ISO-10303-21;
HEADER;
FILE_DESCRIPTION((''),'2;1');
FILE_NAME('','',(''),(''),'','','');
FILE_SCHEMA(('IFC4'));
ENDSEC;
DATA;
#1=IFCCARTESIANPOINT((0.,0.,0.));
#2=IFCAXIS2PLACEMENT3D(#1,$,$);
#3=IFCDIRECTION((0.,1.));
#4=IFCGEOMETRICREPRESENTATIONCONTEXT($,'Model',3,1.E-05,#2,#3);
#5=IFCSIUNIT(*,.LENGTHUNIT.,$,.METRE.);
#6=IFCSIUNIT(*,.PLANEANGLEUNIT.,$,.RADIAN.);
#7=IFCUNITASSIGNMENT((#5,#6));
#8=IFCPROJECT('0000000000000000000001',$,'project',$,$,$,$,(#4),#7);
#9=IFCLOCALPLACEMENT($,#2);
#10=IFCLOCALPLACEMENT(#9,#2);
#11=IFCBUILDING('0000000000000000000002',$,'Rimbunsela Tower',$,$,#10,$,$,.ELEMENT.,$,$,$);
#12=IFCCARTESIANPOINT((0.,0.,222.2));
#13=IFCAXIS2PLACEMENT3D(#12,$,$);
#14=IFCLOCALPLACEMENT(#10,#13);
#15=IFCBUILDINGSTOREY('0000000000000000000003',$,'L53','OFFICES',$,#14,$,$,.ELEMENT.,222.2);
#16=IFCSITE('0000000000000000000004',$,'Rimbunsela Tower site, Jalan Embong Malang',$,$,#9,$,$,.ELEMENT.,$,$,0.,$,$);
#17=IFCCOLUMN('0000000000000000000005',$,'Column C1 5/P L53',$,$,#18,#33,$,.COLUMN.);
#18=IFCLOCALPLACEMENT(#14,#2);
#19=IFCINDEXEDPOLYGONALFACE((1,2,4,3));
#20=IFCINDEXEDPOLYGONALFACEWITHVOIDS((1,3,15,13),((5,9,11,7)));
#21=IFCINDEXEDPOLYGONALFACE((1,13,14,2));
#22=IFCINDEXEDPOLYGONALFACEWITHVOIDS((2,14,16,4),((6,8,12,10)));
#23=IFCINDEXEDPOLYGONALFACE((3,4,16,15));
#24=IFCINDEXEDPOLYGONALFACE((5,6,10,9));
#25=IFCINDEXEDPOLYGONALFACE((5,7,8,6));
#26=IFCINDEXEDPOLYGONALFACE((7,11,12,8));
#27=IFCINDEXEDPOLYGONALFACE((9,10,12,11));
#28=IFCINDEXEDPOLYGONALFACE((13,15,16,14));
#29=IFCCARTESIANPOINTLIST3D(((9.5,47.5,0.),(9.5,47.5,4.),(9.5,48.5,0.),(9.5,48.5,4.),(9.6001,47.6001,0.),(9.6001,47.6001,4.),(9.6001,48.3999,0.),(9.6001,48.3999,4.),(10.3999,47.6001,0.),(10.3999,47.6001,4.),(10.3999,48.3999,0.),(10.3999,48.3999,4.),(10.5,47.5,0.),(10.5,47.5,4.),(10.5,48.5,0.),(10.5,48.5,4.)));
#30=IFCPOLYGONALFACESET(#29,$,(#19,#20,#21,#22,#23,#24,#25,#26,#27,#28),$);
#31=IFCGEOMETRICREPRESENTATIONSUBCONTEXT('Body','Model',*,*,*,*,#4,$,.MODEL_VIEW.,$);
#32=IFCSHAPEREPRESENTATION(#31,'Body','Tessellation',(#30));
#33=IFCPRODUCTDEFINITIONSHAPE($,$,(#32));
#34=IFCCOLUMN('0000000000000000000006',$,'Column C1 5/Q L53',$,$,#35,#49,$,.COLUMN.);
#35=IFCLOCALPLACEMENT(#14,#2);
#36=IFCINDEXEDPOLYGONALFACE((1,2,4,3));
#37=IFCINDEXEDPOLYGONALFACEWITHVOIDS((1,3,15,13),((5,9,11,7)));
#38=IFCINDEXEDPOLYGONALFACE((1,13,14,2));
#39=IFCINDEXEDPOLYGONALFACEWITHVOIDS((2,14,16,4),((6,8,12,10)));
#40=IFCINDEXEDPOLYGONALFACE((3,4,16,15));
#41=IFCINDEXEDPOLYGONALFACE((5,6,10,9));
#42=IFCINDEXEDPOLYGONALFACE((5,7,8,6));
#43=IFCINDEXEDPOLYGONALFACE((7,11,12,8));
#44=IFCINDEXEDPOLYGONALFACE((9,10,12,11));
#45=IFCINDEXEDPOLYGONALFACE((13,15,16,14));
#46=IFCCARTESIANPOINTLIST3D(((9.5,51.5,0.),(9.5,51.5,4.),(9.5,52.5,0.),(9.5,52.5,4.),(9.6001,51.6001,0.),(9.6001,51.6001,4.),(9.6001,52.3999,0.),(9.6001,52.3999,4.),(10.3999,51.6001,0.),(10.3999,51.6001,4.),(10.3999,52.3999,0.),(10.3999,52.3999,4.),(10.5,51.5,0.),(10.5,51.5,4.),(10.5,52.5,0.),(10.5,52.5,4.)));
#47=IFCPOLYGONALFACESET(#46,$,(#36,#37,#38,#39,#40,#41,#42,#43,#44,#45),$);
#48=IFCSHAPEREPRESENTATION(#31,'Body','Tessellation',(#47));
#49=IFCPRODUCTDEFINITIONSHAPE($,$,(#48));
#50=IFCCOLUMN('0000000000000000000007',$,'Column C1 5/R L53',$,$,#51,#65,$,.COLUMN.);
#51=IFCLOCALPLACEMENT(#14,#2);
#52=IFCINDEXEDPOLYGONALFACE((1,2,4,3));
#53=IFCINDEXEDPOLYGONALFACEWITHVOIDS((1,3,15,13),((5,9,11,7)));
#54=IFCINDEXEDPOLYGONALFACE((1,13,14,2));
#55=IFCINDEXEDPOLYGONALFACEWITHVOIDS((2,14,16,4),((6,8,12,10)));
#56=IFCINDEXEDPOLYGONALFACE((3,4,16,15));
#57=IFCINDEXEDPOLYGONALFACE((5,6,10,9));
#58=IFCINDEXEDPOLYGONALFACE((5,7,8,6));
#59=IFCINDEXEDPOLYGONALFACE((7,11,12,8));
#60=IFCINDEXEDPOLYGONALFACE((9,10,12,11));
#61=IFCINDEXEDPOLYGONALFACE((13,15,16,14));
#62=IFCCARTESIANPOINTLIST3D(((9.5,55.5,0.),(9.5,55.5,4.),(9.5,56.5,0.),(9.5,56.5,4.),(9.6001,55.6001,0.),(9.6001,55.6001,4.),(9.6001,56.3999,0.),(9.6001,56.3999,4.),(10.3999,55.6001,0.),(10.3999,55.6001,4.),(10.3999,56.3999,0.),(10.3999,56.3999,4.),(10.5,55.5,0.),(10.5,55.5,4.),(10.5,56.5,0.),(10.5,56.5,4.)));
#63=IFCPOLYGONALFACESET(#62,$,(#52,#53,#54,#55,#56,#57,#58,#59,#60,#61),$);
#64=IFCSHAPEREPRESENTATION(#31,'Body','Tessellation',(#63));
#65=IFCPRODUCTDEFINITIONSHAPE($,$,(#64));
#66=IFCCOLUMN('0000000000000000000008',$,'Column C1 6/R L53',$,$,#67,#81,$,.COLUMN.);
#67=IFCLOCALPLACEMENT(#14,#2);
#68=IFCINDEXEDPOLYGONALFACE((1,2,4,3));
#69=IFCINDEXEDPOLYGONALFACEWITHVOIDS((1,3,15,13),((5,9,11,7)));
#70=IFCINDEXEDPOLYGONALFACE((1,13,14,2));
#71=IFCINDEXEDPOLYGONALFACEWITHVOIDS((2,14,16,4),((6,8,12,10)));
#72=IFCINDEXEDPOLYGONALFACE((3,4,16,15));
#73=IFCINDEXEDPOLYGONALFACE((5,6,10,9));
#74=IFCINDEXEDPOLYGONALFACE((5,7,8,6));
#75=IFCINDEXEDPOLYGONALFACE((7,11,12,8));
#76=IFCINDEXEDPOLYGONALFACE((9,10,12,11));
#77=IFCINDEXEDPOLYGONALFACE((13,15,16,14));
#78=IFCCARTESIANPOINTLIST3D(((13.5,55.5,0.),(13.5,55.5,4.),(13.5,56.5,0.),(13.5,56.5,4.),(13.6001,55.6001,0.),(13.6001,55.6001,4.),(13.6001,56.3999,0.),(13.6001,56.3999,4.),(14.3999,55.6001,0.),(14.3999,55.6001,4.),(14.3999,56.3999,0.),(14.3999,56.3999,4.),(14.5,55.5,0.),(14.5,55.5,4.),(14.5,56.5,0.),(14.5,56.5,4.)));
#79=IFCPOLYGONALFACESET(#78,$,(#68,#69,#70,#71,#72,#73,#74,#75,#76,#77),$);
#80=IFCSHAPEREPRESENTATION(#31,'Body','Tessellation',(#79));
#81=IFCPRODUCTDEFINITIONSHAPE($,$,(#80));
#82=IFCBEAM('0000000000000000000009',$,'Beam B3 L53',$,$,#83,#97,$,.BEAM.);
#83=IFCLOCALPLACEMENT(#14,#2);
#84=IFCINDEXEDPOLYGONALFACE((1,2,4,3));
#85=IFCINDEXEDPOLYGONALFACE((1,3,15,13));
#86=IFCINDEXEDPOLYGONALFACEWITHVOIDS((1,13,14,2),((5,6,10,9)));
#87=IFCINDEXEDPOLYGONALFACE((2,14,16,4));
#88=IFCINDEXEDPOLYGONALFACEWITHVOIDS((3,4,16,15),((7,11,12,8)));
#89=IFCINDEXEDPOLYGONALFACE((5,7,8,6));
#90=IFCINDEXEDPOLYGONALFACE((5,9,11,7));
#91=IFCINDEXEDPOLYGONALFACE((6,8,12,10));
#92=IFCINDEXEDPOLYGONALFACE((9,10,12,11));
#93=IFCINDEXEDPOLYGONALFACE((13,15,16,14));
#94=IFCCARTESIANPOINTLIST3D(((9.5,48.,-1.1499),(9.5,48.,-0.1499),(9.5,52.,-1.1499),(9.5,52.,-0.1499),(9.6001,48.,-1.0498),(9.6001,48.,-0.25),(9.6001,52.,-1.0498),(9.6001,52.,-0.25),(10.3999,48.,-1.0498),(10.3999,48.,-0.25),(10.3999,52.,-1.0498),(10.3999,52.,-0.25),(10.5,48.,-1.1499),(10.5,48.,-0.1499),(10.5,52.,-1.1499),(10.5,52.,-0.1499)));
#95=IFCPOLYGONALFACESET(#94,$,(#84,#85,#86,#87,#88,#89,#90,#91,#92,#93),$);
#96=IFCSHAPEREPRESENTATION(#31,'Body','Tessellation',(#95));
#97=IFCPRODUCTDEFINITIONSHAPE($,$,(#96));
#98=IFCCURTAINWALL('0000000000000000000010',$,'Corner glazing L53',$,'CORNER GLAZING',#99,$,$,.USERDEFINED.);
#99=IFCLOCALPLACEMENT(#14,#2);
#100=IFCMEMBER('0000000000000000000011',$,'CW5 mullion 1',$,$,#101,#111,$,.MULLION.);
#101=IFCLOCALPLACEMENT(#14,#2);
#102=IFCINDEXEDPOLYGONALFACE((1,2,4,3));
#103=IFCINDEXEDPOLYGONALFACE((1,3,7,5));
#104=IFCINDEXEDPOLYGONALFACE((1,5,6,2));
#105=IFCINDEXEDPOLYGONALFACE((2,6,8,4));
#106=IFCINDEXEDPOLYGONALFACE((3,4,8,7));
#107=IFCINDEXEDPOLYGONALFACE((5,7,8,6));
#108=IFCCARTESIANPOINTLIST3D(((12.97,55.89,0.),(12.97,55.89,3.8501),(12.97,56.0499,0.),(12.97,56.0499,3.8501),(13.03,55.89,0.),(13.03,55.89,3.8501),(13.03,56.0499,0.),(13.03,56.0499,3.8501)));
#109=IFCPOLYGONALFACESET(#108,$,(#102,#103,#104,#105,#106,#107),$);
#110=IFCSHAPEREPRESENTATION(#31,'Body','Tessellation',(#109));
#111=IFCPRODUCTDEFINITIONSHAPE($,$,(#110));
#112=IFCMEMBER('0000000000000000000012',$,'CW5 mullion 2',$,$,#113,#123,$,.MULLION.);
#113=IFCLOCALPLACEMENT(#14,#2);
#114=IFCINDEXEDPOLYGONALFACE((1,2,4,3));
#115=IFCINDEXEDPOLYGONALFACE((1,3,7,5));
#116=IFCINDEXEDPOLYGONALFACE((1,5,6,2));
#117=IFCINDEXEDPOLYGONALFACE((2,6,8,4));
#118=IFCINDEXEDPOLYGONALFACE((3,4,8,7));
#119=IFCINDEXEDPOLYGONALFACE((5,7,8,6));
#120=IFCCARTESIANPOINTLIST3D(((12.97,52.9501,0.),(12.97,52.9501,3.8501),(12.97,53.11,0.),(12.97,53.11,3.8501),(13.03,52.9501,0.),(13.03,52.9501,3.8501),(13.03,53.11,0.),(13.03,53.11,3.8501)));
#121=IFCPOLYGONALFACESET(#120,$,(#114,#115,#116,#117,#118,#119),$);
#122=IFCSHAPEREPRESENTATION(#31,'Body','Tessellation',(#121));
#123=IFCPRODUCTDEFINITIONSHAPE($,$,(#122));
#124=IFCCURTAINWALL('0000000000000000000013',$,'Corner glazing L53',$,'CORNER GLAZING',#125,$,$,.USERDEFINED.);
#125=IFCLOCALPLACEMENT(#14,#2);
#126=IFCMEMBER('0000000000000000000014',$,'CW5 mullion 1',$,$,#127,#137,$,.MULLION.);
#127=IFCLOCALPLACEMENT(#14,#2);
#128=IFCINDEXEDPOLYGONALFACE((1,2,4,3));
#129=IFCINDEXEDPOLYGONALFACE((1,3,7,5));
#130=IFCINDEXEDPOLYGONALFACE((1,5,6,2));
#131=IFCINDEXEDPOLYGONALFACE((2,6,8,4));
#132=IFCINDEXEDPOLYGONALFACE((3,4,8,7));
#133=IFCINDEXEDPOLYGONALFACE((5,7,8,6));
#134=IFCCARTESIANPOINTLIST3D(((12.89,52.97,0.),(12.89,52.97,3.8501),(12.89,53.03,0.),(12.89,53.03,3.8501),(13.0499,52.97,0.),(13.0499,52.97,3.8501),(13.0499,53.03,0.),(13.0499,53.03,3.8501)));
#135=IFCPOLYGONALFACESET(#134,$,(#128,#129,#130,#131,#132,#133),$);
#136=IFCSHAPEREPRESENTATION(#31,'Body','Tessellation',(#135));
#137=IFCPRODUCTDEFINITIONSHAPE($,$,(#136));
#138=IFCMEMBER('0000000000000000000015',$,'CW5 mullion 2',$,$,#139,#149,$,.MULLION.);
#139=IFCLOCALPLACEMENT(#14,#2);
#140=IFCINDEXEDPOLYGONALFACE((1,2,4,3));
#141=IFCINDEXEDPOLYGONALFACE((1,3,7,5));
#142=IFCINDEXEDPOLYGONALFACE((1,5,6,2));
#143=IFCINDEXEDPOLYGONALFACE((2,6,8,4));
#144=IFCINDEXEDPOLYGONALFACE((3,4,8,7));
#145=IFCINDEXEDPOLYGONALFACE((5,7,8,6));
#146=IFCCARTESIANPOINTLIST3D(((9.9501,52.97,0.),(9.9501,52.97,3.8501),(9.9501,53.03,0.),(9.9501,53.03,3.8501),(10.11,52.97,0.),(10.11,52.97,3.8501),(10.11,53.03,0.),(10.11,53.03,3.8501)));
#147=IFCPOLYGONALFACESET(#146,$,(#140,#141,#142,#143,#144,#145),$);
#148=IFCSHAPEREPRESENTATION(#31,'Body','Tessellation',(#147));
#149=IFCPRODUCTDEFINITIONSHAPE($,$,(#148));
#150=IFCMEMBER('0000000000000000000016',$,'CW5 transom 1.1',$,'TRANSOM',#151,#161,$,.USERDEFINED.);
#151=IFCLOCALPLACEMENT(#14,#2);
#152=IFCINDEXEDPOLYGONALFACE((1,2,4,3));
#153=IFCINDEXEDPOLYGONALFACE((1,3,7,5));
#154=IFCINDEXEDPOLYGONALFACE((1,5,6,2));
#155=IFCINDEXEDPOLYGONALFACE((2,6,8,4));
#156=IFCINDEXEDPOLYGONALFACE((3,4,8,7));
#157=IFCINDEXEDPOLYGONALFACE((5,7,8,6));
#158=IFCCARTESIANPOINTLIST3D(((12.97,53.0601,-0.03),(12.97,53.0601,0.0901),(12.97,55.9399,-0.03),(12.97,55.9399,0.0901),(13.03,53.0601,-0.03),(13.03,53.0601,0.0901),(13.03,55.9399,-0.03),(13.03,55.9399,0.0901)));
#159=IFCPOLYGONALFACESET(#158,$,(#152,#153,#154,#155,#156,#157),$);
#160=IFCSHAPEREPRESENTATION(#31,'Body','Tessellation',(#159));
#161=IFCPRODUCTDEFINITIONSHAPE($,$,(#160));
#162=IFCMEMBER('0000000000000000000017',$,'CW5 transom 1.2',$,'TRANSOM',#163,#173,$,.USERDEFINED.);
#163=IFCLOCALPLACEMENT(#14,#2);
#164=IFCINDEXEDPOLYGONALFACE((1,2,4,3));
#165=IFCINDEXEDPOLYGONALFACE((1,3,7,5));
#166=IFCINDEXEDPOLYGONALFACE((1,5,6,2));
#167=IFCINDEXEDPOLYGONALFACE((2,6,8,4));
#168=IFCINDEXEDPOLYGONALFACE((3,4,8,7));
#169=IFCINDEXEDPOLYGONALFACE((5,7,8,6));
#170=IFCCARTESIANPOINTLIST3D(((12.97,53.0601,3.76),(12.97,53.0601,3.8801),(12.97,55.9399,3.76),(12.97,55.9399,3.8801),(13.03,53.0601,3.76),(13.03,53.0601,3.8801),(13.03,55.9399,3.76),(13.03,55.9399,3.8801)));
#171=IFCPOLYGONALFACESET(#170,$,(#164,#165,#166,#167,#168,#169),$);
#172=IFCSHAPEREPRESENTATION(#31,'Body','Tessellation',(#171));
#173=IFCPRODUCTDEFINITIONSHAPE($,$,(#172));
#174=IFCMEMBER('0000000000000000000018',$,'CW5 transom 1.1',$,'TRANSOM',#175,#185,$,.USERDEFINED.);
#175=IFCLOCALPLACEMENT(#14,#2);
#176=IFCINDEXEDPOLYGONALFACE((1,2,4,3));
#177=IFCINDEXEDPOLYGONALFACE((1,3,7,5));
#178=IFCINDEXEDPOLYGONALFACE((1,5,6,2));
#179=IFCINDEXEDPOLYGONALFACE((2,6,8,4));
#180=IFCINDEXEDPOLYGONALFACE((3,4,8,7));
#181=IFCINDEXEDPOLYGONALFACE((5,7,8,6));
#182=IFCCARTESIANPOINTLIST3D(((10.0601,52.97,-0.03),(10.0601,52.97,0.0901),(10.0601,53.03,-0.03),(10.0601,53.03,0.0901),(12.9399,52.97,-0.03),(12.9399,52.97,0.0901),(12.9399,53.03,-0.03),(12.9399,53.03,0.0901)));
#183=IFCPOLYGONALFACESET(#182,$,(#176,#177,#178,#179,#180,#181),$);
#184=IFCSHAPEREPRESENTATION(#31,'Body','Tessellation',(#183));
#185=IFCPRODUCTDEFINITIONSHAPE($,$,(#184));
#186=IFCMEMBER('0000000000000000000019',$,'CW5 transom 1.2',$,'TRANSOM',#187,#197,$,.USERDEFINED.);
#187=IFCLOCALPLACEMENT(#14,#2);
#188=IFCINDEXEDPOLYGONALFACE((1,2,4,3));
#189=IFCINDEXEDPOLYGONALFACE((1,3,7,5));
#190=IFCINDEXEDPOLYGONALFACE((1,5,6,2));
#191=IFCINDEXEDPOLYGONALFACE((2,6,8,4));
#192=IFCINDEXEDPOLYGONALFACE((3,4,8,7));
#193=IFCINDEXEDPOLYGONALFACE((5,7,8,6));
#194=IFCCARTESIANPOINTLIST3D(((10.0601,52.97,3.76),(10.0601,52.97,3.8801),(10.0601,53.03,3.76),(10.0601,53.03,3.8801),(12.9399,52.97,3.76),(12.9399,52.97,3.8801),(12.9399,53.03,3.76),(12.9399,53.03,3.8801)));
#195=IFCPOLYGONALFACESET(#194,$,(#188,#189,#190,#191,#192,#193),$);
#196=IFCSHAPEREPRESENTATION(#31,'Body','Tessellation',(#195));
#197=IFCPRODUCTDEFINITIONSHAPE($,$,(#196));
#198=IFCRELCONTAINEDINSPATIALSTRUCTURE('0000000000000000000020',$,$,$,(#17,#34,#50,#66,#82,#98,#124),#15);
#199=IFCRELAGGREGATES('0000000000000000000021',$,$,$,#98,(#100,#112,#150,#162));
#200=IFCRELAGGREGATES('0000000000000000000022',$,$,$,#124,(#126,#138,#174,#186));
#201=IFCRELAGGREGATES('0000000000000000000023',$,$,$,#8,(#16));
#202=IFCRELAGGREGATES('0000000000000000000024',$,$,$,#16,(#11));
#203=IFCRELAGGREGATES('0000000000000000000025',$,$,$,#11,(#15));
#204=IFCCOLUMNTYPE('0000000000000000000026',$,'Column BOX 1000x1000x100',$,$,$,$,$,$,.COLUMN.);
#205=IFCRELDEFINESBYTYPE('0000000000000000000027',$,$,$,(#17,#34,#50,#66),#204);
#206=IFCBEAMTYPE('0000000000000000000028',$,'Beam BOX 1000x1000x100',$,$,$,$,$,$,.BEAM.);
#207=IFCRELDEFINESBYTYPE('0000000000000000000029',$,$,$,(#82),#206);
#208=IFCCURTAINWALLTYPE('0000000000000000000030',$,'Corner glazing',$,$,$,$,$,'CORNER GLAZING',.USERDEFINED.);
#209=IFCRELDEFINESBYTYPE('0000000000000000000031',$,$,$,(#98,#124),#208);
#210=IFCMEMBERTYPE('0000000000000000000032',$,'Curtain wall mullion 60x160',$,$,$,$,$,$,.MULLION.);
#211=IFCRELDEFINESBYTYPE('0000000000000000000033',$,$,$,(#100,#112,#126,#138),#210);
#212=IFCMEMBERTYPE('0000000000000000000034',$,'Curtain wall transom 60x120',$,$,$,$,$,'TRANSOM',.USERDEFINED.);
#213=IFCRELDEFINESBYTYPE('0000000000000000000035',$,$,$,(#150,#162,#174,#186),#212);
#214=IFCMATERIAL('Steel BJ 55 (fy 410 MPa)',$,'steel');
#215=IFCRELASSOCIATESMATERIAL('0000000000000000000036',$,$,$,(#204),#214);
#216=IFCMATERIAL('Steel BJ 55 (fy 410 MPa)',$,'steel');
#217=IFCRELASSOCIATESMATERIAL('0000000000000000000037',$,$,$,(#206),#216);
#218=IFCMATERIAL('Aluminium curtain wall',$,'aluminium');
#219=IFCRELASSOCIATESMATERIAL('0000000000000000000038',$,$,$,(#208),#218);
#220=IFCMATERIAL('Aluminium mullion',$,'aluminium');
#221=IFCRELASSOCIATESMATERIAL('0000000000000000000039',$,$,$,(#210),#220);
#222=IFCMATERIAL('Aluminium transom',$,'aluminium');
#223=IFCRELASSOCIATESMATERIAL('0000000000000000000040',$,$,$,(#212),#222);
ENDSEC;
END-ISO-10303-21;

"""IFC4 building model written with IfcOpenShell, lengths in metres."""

from ifc_helpers import new_model, si_unit, direction, frame, origin, origin_2d, place, context, subcontext, project, spatial, rectangle, hollow_rectangle, extrude, material, material_profile, profile_set, type_object, element, aggregate, save


model = new_model("IFC4")

# Units and contexts
model_context = context("Model", 3, precision=1e-05, world=origin(), true_north=direction((0.0, 1.0)))
body_context = subcontext(model_context, "Body", "Model", "MODEL_VIEW")
ifc_project = project(units=[si_unit("LENGTHUNIT", "METRE"), si_unit("PLANEANGLEUNIT", "RADIAN")], contexts=[model_context])

# Site, building, storey
site_placement = place(None, origin())
site = spatial("IfcSite", under=ifc_project, at=site_placement, Name="Rimbunsela Tower site, Jalan Embong Malang", CompositionType="ELEMENT", RefElevation=0.0)
building_placement = place(site_placement, origin())
building = spatial("IfcBuilding", under=site, at=building_placement, Name="Rimbunsela Tower", CompositionType="ELEMENT")
storey_placement = place(building_placement, frame((0.0, 0.0, 222.2)))
storey = spatial("IfcBuildingStorey", under=building, at=storey_placement, Name="L53", Description="OFFICES", CompositionType="ELEMENT", Elevation=222.2)

# Columns
ifc_material_1 = material(Name="Steel BJ 55 (fy 410 MPa)", Category="steel")
ifc_material_profile_1 = material_profile(ifc_material_1, hollow_rectangle(XDim=1.0, YDim=1.0, WallThickness=0.1001, at=origin_2d()), Name="BOX 1000x1000x100")
ifc_profile_set_1 = profile_set([ifc_material_profile_1], Name="Steel BJ 55 (fy 410 MPa)")
column_type = type_object("IfcColumnType", Name="Column BOX 1000x1000x100", PredefinedType="COLUMN", material=ifc_profile_set_1)
for number, where, z_axis, x_axis, name in (
    (1, (10.0, 48.0, 0.0), (0.0, 0.0, 1.0), (1.0, 0.0, 0.0), "Column C1 5/P L53"),
    (2, (10.0, 52.0, 0.0), (0.0, 0.0, 1.0), (1.0, 0.0, 0.0), "Column C1 5/Q L53"),
    (3, (10.0, 56.0, 0.0), (0.0, 0.0, 1.0), (1.0, 0.0, 0.0), "Column C1 5/R L53"),
    (4, (14.0, 56.0, 0.0), (0.0, 0.0, 1.0), (1.0, 0.0, 0.0), "Column C1 6/R L53"),
):
    element("IfcColumn", number, at=place(storey_placement, frame(where, z_axis=z_axis, x_axis=x_axis)), inside=storey, type_object=column_type, Name=name, PredefinedType="COLUMN", context=body_context, shape_type="SweptSolid", body=[
        extrude(hollow_rectangle(XDim=1.0, YDim=1.0, WallThickness=0.1001, at=origin_2d()), origin(), (0.0, 0.0, 1.0), 4.0),
    ])

# Beam
ifc_material_2 = material(Name="Steel BJ 55 (fy 410 MPa)", Category="steel")
ifc_material_profile_2 = material_profile(ifc_material_2, hollow_rectangle(XDim=1.0, YDim=1.0, WallThickness=0.1001, at=origin_2d()), Name="BOX 1000x1000x100")
ifc_profile_set_2 = profile_set([ifc_material_profile_2], Name="Steel BJ 55 (fy 410 MPa)")
beam_type = type_object("IfcBeamType", Name="Beam BOX 1000x1000x100", PredefinedType="BEAM", material=ifc_profile_set_2)
beam_placement = place(storey_placement, frame((10.0, 48.0, -0.6499), z_axis=(0.0, 1.0, 0.0), x_axis=(-1.0, 0.0, 0.0)))
element("IfcBeam", 5, at=beam_placement, inside=storey, type_object=beam_type, Name="Beam B3 L53", PredefinedType="BEAM", context=body_context, shape_type="SweptSolid", body=[
    extrude(hollow_rectangle(XDim=1.0, YDim=1.0, WallThickness=0.1001, at=origin_2d()), origin(), (0.0, 0.0, 1.0), 4.0),
])

# Curtain walls, members
ifc_material_3 = material(Name="Aluminium curtain wall", Category="aluminium")
curtain_wall_type = type_object("IfcCurtainWallType", Name="Corner glazing", ElementType="CORNER GLAZING", PredefinedType="USERDEFINED", material=ifc_material_3)
curtain_wall_1_placement = place(storey_placement, origin())
curtain_wall_1 = element("IfcCurtainWall", 6, at=curtain_wall_1_placement, inside=storey, type_object=curtain_wall_type, Name="Corner glazing L53", ObjectType="CORNER GLAZING", PredefinedType="USERDEFINED")
ifc_material_4 = material(Name="Aluminium mullion", Category="aluminium")
ifc_material_profile_3 = material_profile(ifc_material_4, rectangle(XDim=0.0601, YDim=0.1599, at=origin_2d()), Name="Mullion 60x160")
ifc_profile_set_3 = profile_set([ifc_material_profile_3], Name="Aluminium mullion")
member_type_1 = type_object("IfcMemberType", Name="Curtain wall mullion 60x160", PredefinedType="MULLION", material=ifc_profile_set_3)
member_1_placement = place(storey_placement, frame((13.0, 55.97, 0.0), z_axis=(0.0, 0.0, 1.0), x_axis=(1.0, 0.0, 0.0)))
member_1 = element("IfcMember", 7, at=member_1_placement, type_object=member_type_1, Name="CW5 mullion 1", PredefinedType="MULLION", context=body_context, shape_type="SweptSolid", body=[
    extrude(rectangle(XDim=0.0601, YDim=0.1599, at=origin_2d()), origin(), (0.0, 0.0, 1.0), 3.8501),
])
member_2_placement = place(storey_placement, frame((13.0, 53.03, 0.0), z_axis=(0.0, 0.0, 1.0), x_axis=(1.0, 0.0, 0.0)))
member_2 = element("IfcMember", 8, at=member_2_placement, type_object=member_type_1, Name="CW5 mullion 2", PredefinedType="MULLION", context=body_context, shape_type="SweptSolid", body=[
    extrude(rectangle(XDim=0.0601, YDim=0.1599, at=origin_2d()), origin(), (0.0, 0.0, 1.0), 3.8501),
])
curtain_wall_2_placement = place(storey_placement, origin())
curtain_wall_2 = element("IfcCurtainWall", 9, at=curtain_wall_2_placement, inside=storey, type_object=curtain_wall_type, Name="Corner glazing L53", ObjectType="CORNER GLAZING", PredefinedType="USERDEFINED")
member_3_placement = place(storey_placement, frame((12.97, 53.0, 0.0), z_axis=(0.0, 0.0, 1.0), x_axis=(0.0, -1.0, 0.0)))
member_3 = element("IfcMember", 10, at=member_3_placement, type_object=member_type_1, Name="CW5 mullion 1", PredefinedType="MULLION", context=body_context, shape_type="SweptSolid", body=[
    extrude(rectangle(XDim=0.0601, YDim=0.1599, at=origin_2d()), origin(), (0.0, 0.0, 1.0), 3.8501),
])
member_4_placement = place(storey_placement, frame((10.03, 53.0, 0.0), z_axis=(0.0, 0.0, 1.0), x_axis=(0.0, -1.0, 0.0)))
member_4 = element("IfcMember", 11, at=member_4_placement, type_object=member_type_1, Name="CW5 mullion 2", PredefinedType="MULLION", context=body_context, shape_type="SweptSolid", body=[
    extrude(rectangle(XDim=0.0601, YDim=0.1599, at=origin_2d()), origin(), (0.0, 0.0, 1.0), 3.8501),
])

# Members
ifc_material_5 = material(Name="Aluminium transom", Category="aluminium")
ifc_material_profile_4 = material_profile(ifc_material_5, rectangle(XDim=0.0601, YDim=0.1201, at=origin_2d()), Name="Transom 60x120")
ifc_profile_set_4 = profile_set([ifc_material_profile_4], Name="Aluminium transom")
member_type_2 = type_object("IfcMemberType", Name="Curtain wall transom 60x120", ElementType="TRANSOM", PredefinedType="USERDEFINED", material=ifc_profile_set_4)
member_5_placement = place(storey_placement, frame((13.0, 55.9399, 0.03), z_axis=(0.0, -1.0, 0.0), x_axis=(1.0, 0.0, 0.0)))
member_5 = element("IfcMember", 12, at=member_5_placement, type_object=member_type_2, Name="CW5 transom 1.1", ObjectType="TRANSOM", PredefinedType="USERDEFINED", context=body_context, shape_type="SweptSolid", body=[
    extrude(rectangle(XDim=0.0601, YDim=0.1201, at=origin_2d()), origin(), (0.0, 0.0, 1.0), 2.8799),
])
member_6_placement = place(storey_placement, frame((13.0, 55.9399, 3.8201), z_axis=(0.0, -1.0, 0.0), x_axis=(1.0, 0.0, 0.0)))
member_6 = element("IfcMember", 13, at=member_6_placement, type_object=member_type_2, Name="CW5 transom 1.2", ObjectType="TRANSOM", PredefinedType="USERDEFINED", context=body_context, shape_type="SweptSolid", body=[
    extrude(rectangle(XDim=0.0601, YDim=0.1201, at=origin_2d()), origin(), (0.0, 0.0, 1.0), 2.8799),
])
member_7_placement = place(storey_placement, frame((12.9399, 53.0, 0.03), z_axis=(-1.0, 0.0, 0.0), x_axis=(0.0, -1.0, 0.0)))
member_7 = element("IfcMember", 14, at=member_7_placement, type_object=member_type_2, Name="CW5 transom 1.1", ObjectType="TRANSOM", PredefinedType="USERDEFINED", context=body_context, shape_type="SweptSolid", body=[
    extrude(rectangle(XDim=0.0601, YDim=0.1201, at=origin_2d()), origin(), (0.0, 0.0, 1.0), 2.8799),
])
member_8_placement = place(storey_placement, frame((12.9399, 53.0, 3.8201), z_axis=(-1.0, 0.0, 0.0), x_axis=(0.0, -1.0, 0.0)))
member_8 = element("IfcMember", 15, at=member_8_placement, type_object=member_type_2, Name="CW5 transom 1.2", ObjectType="TRANSOM", PredefinedType="USERDEFINED", context=body_context, shape_type="SweptSolid", body=[
    extrude(rectangle(XDim=0.0601, YDim=0.1201, at=origin_2d()), origin(), (0.0, 0.0, 1.0), 2.8799),
])

aggregate(curtain_wall_1, [member_1, member_2, member_5, member_6])
aggregate(curtain_wall_2, [member_3, member_4, member_7, member_8])

save(model, "model.ifc")
